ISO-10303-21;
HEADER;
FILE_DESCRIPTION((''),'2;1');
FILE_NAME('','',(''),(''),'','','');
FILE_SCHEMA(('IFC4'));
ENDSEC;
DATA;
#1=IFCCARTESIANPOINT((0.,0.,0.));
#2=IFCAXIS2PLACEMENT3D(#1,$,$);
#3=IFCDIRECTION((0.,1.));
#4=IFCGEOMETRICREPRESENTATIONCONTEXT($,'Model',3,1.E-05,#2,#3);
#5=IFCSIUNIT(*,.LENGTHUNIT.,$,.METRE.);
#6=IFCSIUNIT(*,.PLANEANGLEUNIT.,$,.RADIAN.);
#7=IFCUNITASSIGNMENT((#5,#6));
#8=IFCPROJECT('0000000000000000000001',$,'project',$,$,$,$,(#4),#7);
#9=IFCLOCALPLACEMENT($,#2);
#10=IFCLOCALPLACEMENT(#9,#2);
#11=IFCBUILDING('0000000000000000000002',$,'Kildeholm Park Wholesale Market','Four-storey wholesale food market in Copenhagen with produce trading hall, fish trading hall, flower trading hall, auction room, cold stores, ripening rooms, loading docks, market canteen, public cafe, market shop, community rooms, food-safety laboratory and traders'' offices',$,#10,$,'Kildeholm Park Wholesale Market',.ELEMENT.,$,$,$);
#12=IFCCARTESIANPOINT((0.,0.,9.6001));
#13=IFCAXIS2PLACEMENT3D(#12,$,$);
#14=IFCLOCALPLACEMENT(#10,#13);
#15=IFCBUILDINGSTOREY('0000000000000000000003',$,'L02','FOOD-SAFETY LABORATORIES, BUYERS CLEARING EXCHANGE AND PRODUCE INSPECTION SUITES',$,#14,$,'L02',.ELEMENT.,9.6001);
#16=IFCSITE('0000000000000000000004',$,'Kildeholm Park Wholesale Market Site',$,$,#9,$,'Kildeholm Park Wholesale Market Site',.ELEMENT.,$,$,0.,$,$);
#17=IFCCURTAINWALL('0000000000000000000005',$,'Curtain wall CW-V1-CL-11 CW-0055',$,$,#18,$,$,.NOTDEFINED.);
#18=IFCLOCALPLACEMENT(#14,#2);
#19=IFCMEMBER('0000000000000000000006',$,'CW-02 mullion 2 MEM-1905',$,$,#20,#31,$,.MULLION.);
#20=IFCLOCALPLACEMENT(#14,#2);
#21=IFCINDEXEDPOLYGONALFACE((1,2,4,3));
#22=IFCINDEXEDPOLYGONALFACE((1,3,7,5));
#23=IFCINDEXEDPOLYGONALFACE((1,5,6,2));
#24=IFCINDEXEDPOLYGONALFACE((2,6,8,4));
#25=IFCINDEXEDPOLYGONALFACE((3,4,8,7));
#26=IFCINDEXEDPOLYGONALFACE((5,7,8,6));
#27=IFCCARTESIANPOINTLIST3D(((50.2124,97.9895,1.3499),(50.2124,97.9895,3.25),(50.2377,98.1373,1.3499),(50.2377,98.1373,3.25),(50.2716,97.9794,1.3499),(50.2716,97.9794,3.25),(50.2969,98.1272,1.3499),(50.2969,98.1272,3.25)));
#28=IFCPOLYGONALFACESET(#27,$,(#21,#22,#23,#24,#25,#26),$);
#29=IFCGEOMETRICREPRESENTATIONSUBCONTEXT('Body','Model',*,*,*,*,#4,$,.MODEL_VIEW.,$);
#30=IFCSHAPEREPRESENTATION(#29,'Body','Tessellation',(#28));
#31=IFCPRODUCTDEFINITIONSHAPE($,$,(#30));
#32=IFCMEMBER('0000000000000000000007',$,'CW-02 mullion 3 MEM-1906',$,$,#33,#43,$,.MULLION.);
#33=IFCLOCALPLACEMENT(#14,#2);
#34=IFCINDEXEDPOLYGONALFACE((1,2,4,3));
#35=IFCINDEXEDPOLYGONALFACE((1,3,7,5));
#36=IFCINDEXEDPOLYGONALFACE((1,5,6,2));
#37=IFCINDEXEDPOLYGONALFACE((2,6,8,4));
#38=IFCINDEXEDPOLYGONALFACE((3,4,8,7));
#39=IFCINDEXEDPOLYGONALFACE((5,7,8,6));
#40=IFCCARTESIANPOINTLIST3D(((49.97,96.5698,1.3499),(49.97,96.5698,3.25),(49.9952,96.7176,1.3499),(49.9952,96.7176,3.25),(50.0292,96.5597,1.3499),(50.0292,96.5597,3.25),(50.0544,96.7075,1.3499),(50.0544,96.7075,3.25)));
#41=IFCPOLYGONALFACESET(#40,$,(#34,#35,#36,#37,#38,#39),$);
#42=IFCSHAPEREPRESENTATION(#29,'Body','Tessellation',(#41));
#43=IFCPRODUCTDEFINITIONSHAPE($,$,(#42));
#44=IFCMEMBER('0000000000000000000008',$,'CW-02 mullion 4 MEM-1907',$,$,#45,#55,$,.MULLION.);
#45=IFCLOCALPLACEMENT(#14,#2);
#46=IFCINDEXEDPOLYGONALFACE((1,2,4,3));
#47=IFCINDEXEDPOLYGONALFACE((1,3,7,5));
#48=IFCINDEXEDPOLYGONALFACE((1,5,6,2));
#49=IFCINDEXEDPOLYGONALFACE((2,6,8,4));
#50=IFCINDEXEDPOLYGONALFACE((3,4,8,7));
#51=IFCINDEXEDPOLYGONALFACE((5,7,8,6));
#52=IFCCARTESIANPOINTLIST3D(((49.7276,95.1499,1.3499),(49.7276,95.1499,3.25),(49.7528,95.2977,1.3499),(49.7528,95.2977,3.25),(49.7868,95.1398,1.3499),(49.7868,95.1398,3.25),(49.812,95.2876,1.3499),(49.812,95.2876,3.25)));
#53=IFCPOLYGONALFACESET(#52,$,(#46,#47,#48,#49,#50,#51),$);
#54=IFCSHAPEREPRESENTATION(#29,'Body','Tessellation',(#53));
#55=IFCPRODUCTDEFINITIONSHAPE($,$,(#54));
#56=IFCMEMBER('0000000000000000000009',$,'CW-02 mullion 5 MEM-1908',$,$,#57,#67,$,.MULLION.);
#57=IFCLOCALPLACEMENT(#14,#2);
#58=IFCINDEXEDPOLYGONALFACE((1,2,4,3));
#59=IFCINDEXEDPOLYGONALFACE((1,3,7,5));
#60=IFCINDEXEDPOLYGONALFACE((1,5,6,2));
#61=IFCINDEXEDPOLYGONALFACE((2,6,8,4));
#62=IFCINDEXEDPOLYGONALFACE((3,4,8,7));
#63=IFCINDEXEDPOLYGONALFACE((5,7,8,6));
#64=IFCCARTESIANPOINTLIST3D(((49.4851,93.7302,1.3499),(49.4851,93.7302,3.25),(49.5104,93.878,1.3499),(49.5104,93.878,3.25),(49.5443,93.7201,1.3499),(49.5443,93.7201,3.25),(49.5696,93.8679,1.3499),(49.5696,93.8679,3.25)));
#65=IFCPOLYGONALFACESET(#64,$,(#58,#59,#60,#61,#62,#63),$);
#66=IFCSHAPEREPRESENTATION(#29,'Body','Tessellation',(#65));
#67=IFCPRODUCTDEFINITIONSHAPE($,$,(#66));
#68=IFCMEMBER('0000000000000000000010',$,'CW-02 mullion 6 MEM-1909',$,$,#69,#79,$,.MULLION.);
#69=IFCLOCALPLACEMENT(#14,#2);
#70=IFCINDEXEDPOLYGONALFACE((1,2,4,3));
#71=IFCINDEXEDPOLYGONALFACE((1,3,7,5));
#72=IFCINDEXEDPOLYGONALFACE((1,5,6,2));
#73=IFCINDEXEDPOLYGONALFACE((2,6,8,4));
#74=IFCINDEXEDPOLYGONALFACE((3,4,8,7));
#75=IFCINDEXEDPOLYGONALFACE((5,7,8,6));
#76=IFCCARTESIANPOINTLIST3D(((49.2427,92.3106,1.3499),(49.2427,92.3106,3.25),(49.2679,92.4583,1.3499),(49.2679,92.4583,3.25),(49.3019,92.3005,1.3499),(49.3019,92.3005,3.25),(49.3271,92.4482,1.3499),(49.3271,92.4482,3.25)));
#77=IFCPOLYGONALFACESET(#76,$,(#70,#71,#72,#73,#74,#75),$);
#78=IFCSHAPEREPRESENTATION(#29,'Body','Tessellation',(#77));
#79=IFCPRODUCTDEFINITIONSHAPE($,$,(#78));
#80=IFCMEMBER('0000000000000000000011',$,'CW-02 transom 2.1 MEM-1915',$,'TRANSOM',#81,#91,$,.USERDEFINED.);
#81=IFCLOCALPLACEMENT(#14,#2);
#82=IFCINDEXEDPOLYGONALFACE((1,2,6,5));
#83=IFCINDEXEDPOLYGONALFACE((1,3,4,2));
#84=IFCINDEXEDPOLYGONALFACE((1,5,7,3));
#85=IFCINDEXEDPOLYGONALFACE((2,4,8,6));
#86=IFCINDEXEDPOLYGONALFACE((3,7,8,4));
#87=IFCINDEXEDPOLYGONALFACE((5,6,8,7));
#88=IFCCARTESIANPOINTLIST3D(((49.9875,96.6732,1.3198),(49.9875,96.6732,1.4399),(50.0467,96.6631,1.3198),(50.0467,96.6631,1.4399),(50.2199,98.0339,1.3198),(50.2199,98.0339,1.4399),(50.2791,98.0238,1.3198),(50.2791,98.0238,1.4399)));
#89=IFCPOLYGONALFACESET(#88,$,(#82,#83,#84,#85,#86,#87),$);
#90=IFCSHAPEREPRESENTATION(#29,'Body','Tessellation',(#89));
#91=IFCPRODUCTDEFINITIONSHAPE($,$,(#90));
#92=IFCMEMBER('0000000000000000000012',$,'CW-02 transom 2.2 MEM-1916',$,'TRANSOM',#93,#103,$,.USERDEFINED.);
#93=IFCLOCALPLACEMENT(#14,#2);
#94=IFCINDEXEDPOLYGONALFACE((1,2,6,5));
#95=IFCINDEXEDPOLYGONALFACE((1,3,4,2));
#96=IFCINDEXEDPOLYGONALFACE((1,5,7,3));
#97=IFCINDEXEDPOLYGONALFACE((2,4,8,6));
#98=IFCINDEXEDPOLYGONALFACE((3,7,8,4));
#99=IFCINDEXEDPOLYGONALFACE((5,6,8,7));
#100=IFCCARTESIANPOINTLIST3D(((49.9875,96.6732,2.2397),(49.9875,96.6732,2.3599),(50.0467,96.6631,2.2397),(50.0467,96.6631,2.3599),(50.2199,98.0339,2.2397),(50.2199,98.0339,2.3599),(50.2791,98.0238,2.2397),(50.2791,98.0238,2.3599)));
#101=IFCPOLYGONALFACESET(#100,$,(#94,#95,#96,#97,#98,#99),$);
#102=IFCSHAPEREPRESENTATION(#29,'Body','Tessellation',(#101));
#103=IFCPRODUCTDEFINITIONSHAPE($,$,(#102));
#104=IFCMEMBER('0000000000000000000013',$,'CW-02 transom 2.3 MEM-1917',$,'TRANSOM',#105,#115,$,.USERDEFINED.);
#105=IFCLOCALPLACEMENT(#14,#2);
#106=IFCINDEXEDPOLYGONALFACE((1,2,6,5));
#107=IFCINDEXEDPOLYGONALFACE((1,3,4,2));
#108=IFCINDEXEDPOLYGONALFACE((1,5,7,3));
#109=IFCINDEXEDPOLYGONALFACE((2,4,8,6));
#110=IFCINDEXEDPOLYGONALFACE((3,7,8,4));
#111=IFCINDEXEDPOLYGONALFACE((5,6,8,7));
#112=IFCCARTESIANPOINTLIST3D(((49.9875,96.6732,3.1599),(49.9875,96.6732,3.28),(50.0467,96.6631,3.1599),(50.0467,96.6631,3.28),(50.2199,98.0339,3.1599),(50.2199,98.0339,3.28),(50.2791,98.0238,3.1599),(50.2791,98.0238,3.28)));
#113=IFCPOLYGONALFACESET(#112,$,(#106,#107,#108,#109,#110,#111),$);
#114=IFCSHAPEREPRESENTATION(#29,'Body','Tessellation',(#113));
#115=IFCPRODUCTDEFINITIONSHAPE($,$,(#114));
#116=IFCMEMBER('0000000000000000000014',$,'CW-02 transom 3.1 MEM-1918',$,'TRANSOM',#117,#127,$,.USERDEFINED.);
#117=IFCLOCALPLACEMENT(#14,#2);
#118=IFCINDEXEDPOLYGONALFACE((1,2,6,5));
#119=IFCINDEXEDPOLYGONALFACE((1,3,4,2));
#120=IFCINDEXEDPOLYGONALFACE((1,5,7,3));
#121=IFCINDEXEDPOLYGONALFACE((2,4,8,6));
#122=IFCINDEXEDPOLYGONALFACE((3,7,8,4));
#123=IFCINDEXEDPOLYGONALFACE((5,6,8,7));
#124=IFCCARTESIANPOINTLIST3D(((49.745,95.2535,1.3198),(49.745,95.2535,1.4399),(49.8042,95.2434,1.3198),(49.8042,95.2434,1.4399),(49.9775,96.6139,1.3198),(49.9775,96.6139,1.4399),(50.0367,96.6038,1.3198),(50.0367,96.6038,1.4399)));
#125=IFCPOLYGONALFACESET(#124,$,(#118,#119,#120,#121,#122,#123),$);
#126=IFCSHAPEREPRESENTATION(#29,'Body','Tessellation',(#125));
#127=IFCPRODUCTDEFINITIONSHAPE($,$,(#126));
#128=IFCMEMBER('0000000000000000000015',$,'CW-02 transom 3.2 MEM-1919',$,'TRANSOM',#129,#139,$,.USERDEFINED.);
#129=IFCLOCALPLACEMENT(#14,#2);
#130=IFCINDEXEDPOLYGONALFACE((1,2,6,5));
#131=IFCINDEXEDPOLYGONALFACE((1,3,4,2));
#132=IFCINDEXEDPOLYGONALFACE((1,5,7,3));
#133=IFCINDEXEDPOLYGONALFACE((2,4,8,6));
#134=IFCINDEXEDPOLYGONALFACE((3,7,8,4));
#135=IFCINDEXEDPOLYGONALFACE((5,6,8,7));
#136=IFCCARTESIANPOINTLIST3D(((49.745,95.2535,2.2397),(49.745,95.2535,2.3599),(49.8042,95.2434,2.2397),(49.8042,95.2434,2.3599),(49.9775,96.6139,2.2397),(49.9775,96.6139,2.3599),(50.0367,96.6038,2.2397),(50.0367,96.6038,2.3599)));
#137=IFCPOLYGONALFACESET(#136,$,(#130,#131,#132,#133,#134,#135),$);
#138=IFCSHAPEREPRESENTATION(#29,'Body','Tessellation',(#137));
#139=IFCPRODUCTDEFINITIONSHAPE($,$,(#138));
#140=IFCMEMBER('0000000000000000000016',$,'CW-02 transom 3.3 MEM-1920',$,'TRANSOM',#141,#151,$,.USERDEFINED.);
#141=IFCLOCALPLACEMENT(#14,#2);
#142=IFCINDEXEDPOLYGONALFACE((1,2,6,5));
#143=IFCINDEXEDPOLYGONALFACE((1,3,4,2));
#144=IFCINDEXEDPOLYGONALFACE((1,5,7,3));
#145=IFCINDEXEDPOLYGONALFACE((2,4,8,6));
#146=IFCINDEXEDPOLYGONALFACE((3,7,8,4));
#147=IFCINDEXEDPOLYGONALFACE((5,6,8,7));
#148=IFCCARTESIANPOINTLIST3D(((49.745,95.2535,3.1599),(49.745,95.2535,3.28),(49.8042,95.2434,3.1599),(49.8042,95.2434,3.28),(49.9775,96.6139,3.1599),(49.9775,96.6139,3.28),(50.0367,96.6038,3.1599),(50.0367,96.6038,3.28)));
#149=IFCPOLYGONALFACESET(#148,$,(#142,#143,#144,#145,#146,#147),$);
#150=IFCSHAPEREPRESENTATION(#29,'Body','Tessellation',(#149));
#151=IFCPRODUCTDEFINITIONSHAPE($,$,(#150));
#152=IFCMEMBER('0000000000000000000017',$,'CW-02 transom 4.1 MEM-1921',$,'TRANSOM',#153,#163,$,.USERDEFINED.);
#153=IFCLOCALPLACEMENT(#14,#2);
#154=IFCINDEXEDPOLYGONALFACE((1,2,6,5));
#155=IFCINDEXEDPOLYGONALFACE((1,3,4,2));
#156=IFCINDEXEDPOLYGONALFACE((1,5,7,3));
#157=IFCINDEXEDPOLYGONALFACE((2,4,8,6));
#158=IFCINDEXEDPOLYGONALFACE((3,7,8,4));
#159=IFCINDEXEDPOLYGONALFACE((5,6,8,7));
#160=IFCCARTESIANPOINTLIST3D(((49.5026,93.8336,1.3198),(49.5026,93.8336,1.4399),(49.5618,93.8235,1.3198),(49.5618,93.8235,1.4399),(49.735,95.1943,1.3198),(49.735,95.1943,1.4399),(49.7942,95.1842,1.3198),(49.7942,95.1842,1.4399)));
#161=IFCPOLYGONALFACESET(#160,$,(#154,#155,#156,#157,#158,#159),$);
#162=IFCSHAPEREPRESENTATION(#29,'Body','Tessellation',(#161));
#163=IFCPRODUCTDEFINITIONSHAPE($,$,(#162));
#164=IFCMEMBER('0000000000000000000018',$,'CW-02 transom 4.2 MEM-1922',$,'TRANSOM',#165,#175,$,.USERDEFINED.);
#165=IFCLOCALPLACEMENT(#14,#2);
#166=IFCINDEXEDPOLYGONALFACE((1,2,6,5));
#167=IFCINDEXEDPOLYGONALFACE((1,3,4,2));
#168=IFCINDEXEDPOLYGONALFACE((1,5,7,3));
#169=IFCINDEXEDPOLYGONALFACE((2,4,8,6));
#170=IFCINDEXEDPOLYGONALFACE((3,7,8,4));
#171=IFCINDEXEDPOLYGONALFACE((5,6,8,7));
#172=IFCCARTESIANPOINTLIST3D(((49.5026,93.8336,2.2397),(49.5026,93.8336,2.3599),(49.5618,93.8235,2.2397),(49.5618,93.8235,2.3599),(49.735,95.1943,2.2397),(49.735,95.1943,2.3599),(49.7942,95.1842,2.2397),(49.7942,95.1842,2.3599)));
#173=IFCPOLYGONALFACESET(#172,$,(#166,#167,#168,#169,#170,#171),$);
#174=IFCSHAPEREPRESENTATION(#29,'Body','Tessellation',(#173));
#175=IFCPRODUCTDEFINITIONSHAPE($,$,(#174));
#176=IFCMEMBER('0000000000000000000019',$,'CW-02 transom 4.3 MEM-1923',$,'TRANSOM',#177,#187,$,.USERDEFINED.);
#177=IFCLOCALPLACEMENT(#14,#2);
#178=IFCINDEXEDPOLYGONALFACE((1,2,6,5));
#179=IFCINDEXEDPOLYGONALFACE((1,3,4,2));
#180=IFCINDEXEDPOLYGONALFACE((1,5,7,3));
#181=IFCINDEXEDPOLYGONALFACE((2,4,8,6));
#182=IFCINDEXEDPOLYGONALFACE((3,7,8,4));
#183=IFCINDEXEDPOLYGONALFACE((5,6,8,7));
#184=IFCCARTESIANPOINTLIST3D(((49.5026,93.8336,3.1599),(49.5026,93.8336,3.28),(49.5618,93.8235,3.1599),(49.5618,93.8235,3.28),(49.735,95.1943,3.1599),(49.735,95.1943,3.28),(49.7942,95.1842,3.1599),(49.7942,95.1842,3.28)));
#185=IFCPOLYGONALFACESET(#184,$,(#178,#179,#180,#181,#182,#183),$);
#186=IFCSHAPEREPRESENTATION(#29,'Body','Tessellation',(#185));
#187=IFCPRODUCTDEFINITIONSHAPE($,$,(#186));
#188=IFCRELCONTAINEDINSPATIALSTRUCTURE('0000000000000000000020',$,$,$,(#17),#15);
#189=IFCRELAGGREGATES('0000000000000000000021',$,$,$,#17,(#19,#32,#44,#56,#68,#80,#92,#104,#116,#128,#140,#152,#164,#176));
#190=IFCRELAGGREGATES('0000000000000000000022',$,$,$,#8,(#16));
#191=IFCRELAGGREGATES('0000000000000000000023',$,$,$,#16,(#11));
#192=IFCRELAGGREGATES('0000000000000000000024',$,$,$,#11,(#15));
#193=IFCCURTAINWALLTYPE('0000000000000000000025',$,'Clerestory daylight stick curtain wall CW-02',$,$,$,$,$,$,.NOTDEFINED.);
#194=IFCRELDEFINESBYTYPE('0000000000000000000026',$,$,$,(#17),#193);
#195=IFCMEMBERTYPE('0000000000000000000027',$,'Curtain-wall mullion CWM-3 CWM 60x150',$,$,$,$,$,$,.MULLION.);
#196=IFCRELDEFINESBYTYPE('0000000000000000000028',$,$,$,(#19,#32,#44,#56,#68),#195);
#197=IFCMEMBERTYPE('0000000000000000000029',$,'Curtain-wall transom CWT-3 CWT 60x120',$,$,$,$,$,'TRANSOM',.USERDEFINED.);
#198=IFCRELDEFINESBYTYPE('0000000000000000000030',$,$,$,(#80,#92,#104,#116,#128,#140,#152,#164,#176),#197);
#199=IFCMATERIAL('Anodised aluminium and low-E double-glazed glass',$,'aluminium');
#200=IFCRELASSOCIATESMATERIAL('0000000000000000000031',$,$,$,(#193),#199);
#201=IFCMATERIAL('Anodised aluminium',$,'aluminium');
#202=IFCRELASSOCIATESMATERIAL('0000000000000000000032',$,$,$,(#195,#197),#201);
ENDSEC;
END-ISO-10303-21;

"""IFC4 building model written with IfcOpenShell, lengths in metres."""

from ifc_helpers import new_model, si_unit, direction, frame, origin, origin_2d, place, context, subcontext, project, spatial, rectangle, extrude, material, material_profile, profile_set, type_object, element, aggregate, save


model = new_model("IFC4")

# Units and contexts
model_context = context("Model", 3, precision=1e-05, world=origin(), true_north=direction((0.0, 1.0)))
body_context = subcontext(model_context, "Body", "Model", "MODEL_VIEW")
ifc_project = project(units=[si_unit("LENGTHUNIT", "METRE"), si_unit("PLANEANGLEUNIT", "RADIAN")], contexts=[model_context])

# Site, building, storey
site_placement = place(None, origin())
site = spatial("IfcSite", under=ifc_project, at=site_placement, Name="Kildeholm Park Wholesale Market Site", LongName="Kildeholm Park Wholesale Market Site", CompositionType="ELEMENT", RefElevation=0.0)
building_placement = place(site_placement, origin())
building = spatial("IfcBuilding", under=site, at=building_placement, Name="Kildeholm Park Wholesale Market", Description="Four-storey wholesale food market in Copenhagen with produce trading hall, fish trading hall, flower trading hall, auction room, cold stores, ripening rooms, loading docks, market canteen, public cafe, market shop, community rooms, food-safety laboratory and traders' offices", LongName="Kildeholm Park Wholesale Market", CompositionType="ELEMENT")
storey_placement = place(building_placement, frame((0.0, 0.0, 9.6001)))
storey = spatial("IfcBuildingStorey", under=building, at=storey_placement, Name="L02", Description="FOOD-SAFETY LABORATORIES, BUYERS CLEARING EXCHANGE AND PRODUCE INSPECTION SUITES", LongName="L02", CompositionType="ELEMENT", Elevation=9.6001)

# Curtain wall, members
ifc_material_1 = material(Name="Anodised aluminium and low-E double-glazed glass", Category="aluminium")
curtain_wall_type = type_object("IfcCurtainWallType", Name="Clerestory daylight stick curtain wall CW-02", PredefinedType="NOTDEFINED", material=ifc_material_1)
curtain_wall_placement = place(storey_placement, origin())
curtain_wall = element("IfcCurtainWall", 1, at=curtain_wall_placement, inside=storey, type_object=curtain_wall_type, Name="Curtain wall CW-V1-CL-11 CW-0055", PredefinedType="NOTDEFINED")
ifc_material_2 = material(Name="Anodised aluminium", Category="aluminium")
ifc_material_profile_1 = material_profile(ifc_material_2, rectangle(XDim=0.0601, YDim=0.1499, at=origin_2d()), Name="CWM 60x150")
ifc_profile_set_1 = profile_set([ifc_material_profile_1], Name="Anodised aluminium")
member_type_1 = type_object("IfcMemberType", Name="Curtain-wall mullion CWM-3 CWM 60x150", PredefinedType="MULLION", material=ifc_profile_set_1)
member_1_placement = place(storey_placement, frame((50.2546, 98.0583, 1.3499), z_axis=(0.0, 0.0, 1.0), x_axis=(0.985732, -0.168322, 0.0)))
member_1 = element("IfcMember", 2, at=member_1_placement, type_object=member_type_1, Name="CW-02 mullion 2 MEM-1905", PredefinedType="MULLION", context=body_context, shape_type="SweptSolid", body=[
    extrude(rectangle(XDim=0.0601, YDim=0.1499, at=origin_2d()), origin(), (0.0, 0.0, 1.0), 1.9001),
])
member_2_placement = place(storey_placement, frame((50.0122, 96.6387, 1.3499), z_axis=(0.0, 0.0, 1.0), x_axis=(0.985732, -0.168322, 0.0)))
member_2 = element("IfcMember", 3, at=member_2_placement, type_object=member_type_1, Name="CW-02 mullion 3 MEM-1906", PredefinedType="MULLION", context=body_context, shape_type="SweptSolid", body=[
    extrude(rectangle(XDim=0.0601, YDim=0.1499, at=origin_2d()), origin(), (0.0, 0.0, 1.0), 1.9001),
])
member_3_placement = place(storey_placement, frame((49.7698, 95.2188, 1.3499), z_axis=(0.0, 0.0, 1.0), x_axis=(0.985732, -0.168322, 0.0)))
member_3 = element("IfcMember", 4, at=member_3_placement, type_object=member_type_1, Name="CW-02 mullion 4 MEM-1907", PredefinedType="MULLION", context=body_context, shape_type="SweptSolid", body=[
    extrude(rectangle(XDim=0.0601, YDim=0.1499, at=origin_2d()), origin(), (0.0, 0.0, 1.0), 1.9001),
])
member_4_placement = place(storey_placement, frame((49.5273, 93.7991, 1.3499), z_axis=(0.0, 0.0, 1.0), x_axis=(0.985732, -0.168322, 0.0)))
member_4 = element("IfcMember", 5, at=member_4_placement, type_object=member_type_1, Name="CW-02 mullion 5 MEM-1908", PredefinedType="MULLION", context=body_context, shape_type="SweptSolid", body=[
    extrude(rectangle(XDim=0.0601, YDim=0.1499, at=origin_2d()), origin(), (0.0, 0.0, 1.0), 1.9001),
])
member_5_placement = place(storey_placement, frame((49.2849, 92.3794, 1.3499), z_axis=(0.0, 0.0, 1.0), x_axis=(0.985732, -0.168322, 0.0)))
member_5 = element("IfcMember", 6, at=member_5_placement, type_object=member_type_1, Name="CW-02 mullion 6 MEM-1909", PredefinedType="MULLION", context=body_context, shape_type="SweptSolid", body=[
    extrude(rectangle(XDim=0.0601, YDim=0.1499, at=origin_2d()), origin(), (0.0, 0.0, 1.0), 1.9001),
])
ifc_material_profile_2 = material_profile(ifc_material_2, rectangle(XDim=0.0601, YDim=0.1201, at=origin_2d()), Name="CWT 60x120")
ifc_profile_set_2 = profile_set([ifc_material_profile_2], Name="Anodised aluminium")
member_type_2 = type_object("IfcMemberType", Name="Curtain-wall transom CWT-3 CWT 60x120", ElementType="TRANSOM", PredefinedType="USERDEFINED", material=ifc_profile_set_2)
member_6_placement = place(storey_placement, frame((50.2495, 98.0288, 1.3799), z_axis=(-0.168384, -0.985721, 0.0), x_axis=(0.985721, -0.168384, 0.0)))
member_6 = element("IfcMember", 7, at=member_6_placement, type_object=member_type_2, Name="CW-02 transom 2.1 MEM-1915", ObjectType="TRANSOM", PredefinedType="USERDEFINED", context=body_context, shape_type="SweptSolid", body=[
    extrude(rectangle(XDim=0.0601, YDim=0.1201, at=origin_2d()), origin(), (0.0, 0.0, 1.0), 1.3804),
])
member_7_placement = place(storey_placement, frame((50.2495, 98.0288, 2.2998), z_axis=(-0.168384, -0.985721, 0.0), x_axis=(0.985721, -0.168384, 0.0)))
member_7 = element("IfcMember", 8, at=member_7_placement, type_object=member_type_2, Name="CW-02 transom 2.2 MEM-1916", ObjectType="TRANSOM", PredefinedType="USERDEFINED", context=body_context, shape_type="SweptSolid", body=[
    extrude(rectangle(XDim=0.0601, YDim=0.1201, at=origin_2d()), origin(), (0.0, 0.0, 1.0), 1.3804),
])
member_8_placement = place(storey_placement, frame((50.2495, 98.0288, 3.22), z_axis=(-0.168384, -0.985721, 0.0), x_axis=(0.985721, -0.168384, 0.0)))
member_8 = element("IfcMember", 9, at=member_8_placement, type_object=member_type_2, Name="CW-02 transom 2.3 MEM-1917", ObjectType="TRANSOM", PredefinedType="USERDEFINED", context=body_context, shape_type="SweptSolid", body=[
    extrude(rectangle(XDim=0.0601, YDim=0.1201, at=origin_2d()), origin(), (0.0, 0.0, 1.0), 1.3804),
])
member_9_placement = place(storey_placement, frame((50.0071, 96.6089, 1.3799), z_axis=(-0.168414, -0.985716, 0.0), x_axis=(0.985716, -0.168414, 0.0)))
member_9 = element("IfcMember", 10, at=member_9_placement, type_object=member_type_2, Name="CW-02 transom 3.1 MEM-1918", ObjectType="TRANSOM", PredefinedType="USERDEFINED", context=body_context, shape_type="SweptSolid", body=[
    extrude(rectangle(XDim=0.0601, YDim=0.1201, at=origin_2d()), origin(), (0.0, 0.0, 1.0), 1.3801),
])
member_10_placement = place(storey_placement, frame((50.0071, 96.6089, 2.2998), z_axis=(-0.168414, -0.985716, 0.0), x_axis=(0.985716, -0.168414, 0.0)))
member_10 = element("IfcMember", 11, at=member_10_placement, type_object=member_type_2, Name="CW-02 transom 3.2 MEM-1919", ObjectType="TRANSOM", PredefinedType="USERDEFINED", context=body_context, shape_type="SweptSolid", body=[
    extrude(rectangle(XDim=0.0601, YDim=0.1201, at=origin_2d()), origin(), (0.0, 0.0, 1.0), 1.3801),
])
member_11_placement = place(storey_placement, frame((50.0071, 96.6089, 3.22), z_axis=(-0.168414, -0.985716, 0.0), x_axis=(0.985716, -0.168414, 0.0)))
member_11 = element("IfcMember", 12, at=member_11_placement, type_object=member_type_2, Name="CW-02 transom 3.3 MEM-1920", ObjectType="TRANSOM", PredefinedType="USERDEFINED", context=body_context, shape_type="SweptSolid", body=[
    extrude(rectangle(XDim=0.0601, YDim=0.1201, at=origin_2d()), origin(), (0.0, 0.0, 1.0), 1.3801),
])
member_12_placement = place(storey_placement, frame((49.7646, 95.1892, 1.3799), z_axis=(-0.168384, -0.985721, 0.0), x_axis=(0.985721, -0.168384, 0.0)))
member_12 = element("IfcMember", 13, at=member_12_placement, type_object=member_type_2, Name="CW-02 transom 4.1 MEM-1921", ObjectType="TRANSOM", PredefinedType="USERDEFINED", context=body_context, shape_type="SweptSolid", body=[
    extrude(rectangle(XDim=0.0601, YDim=0.1201, at=origin_2d()), origin(), (0.0, 0.0, 1.0), 1.3804),
])
member_13_placement = place(storey_placement, frame((49.7646, 95.1892, 2.2998), z_axis=(-0.168384, -0.985721, 0.0), x_axis=(0.985721, -0.168384, 0.0)))
member_13 = element("IfcMember", 14, at=member_13_placement, type_object=member_type_2, Name="CW-02 transom 4.2 MEM-1922", ObjectType="TRANSOM", PredefinedType="USERDEFINED", context=body_context, shape_type="SweptSolid", body=[
    extrude(rectangle(XDim=0.0601, YDim=0.1201, at=origin_2d()), origin(), (0.0, 0.0, 1.0), 1.3804),
])
member_14_placement = place(storey_placement, frame((49.7646, 95.1892, 3.22), z_axis=(-0.168384, -0.985721, 0.0), x_axis=(0.985721, -0.168384, 0.0)))
member_14 = element("IfcMember", 15, at=member_14_placement, type_object=member_type_2, Name="CW-02 transom 4.3 MEM-1923", ObjectType="TRANSOM", PredefinedType="USERDEFINED", context=body_context, shape_type="SweptSolid", body=[
    extrude(rectangle(XDim=0.0601, YDim=0.1201, at=origin_2d()), origin(), (0.0, 0.0, 1.0), 1.3804),
])
aggregate(curtain_wall, [member_1, member_2, member_3, member_4, member_5, member_6, member_7, member_8, member_9, member_10, member_11, member_12, member_13, member_14])

save(model, "model.ifc")
